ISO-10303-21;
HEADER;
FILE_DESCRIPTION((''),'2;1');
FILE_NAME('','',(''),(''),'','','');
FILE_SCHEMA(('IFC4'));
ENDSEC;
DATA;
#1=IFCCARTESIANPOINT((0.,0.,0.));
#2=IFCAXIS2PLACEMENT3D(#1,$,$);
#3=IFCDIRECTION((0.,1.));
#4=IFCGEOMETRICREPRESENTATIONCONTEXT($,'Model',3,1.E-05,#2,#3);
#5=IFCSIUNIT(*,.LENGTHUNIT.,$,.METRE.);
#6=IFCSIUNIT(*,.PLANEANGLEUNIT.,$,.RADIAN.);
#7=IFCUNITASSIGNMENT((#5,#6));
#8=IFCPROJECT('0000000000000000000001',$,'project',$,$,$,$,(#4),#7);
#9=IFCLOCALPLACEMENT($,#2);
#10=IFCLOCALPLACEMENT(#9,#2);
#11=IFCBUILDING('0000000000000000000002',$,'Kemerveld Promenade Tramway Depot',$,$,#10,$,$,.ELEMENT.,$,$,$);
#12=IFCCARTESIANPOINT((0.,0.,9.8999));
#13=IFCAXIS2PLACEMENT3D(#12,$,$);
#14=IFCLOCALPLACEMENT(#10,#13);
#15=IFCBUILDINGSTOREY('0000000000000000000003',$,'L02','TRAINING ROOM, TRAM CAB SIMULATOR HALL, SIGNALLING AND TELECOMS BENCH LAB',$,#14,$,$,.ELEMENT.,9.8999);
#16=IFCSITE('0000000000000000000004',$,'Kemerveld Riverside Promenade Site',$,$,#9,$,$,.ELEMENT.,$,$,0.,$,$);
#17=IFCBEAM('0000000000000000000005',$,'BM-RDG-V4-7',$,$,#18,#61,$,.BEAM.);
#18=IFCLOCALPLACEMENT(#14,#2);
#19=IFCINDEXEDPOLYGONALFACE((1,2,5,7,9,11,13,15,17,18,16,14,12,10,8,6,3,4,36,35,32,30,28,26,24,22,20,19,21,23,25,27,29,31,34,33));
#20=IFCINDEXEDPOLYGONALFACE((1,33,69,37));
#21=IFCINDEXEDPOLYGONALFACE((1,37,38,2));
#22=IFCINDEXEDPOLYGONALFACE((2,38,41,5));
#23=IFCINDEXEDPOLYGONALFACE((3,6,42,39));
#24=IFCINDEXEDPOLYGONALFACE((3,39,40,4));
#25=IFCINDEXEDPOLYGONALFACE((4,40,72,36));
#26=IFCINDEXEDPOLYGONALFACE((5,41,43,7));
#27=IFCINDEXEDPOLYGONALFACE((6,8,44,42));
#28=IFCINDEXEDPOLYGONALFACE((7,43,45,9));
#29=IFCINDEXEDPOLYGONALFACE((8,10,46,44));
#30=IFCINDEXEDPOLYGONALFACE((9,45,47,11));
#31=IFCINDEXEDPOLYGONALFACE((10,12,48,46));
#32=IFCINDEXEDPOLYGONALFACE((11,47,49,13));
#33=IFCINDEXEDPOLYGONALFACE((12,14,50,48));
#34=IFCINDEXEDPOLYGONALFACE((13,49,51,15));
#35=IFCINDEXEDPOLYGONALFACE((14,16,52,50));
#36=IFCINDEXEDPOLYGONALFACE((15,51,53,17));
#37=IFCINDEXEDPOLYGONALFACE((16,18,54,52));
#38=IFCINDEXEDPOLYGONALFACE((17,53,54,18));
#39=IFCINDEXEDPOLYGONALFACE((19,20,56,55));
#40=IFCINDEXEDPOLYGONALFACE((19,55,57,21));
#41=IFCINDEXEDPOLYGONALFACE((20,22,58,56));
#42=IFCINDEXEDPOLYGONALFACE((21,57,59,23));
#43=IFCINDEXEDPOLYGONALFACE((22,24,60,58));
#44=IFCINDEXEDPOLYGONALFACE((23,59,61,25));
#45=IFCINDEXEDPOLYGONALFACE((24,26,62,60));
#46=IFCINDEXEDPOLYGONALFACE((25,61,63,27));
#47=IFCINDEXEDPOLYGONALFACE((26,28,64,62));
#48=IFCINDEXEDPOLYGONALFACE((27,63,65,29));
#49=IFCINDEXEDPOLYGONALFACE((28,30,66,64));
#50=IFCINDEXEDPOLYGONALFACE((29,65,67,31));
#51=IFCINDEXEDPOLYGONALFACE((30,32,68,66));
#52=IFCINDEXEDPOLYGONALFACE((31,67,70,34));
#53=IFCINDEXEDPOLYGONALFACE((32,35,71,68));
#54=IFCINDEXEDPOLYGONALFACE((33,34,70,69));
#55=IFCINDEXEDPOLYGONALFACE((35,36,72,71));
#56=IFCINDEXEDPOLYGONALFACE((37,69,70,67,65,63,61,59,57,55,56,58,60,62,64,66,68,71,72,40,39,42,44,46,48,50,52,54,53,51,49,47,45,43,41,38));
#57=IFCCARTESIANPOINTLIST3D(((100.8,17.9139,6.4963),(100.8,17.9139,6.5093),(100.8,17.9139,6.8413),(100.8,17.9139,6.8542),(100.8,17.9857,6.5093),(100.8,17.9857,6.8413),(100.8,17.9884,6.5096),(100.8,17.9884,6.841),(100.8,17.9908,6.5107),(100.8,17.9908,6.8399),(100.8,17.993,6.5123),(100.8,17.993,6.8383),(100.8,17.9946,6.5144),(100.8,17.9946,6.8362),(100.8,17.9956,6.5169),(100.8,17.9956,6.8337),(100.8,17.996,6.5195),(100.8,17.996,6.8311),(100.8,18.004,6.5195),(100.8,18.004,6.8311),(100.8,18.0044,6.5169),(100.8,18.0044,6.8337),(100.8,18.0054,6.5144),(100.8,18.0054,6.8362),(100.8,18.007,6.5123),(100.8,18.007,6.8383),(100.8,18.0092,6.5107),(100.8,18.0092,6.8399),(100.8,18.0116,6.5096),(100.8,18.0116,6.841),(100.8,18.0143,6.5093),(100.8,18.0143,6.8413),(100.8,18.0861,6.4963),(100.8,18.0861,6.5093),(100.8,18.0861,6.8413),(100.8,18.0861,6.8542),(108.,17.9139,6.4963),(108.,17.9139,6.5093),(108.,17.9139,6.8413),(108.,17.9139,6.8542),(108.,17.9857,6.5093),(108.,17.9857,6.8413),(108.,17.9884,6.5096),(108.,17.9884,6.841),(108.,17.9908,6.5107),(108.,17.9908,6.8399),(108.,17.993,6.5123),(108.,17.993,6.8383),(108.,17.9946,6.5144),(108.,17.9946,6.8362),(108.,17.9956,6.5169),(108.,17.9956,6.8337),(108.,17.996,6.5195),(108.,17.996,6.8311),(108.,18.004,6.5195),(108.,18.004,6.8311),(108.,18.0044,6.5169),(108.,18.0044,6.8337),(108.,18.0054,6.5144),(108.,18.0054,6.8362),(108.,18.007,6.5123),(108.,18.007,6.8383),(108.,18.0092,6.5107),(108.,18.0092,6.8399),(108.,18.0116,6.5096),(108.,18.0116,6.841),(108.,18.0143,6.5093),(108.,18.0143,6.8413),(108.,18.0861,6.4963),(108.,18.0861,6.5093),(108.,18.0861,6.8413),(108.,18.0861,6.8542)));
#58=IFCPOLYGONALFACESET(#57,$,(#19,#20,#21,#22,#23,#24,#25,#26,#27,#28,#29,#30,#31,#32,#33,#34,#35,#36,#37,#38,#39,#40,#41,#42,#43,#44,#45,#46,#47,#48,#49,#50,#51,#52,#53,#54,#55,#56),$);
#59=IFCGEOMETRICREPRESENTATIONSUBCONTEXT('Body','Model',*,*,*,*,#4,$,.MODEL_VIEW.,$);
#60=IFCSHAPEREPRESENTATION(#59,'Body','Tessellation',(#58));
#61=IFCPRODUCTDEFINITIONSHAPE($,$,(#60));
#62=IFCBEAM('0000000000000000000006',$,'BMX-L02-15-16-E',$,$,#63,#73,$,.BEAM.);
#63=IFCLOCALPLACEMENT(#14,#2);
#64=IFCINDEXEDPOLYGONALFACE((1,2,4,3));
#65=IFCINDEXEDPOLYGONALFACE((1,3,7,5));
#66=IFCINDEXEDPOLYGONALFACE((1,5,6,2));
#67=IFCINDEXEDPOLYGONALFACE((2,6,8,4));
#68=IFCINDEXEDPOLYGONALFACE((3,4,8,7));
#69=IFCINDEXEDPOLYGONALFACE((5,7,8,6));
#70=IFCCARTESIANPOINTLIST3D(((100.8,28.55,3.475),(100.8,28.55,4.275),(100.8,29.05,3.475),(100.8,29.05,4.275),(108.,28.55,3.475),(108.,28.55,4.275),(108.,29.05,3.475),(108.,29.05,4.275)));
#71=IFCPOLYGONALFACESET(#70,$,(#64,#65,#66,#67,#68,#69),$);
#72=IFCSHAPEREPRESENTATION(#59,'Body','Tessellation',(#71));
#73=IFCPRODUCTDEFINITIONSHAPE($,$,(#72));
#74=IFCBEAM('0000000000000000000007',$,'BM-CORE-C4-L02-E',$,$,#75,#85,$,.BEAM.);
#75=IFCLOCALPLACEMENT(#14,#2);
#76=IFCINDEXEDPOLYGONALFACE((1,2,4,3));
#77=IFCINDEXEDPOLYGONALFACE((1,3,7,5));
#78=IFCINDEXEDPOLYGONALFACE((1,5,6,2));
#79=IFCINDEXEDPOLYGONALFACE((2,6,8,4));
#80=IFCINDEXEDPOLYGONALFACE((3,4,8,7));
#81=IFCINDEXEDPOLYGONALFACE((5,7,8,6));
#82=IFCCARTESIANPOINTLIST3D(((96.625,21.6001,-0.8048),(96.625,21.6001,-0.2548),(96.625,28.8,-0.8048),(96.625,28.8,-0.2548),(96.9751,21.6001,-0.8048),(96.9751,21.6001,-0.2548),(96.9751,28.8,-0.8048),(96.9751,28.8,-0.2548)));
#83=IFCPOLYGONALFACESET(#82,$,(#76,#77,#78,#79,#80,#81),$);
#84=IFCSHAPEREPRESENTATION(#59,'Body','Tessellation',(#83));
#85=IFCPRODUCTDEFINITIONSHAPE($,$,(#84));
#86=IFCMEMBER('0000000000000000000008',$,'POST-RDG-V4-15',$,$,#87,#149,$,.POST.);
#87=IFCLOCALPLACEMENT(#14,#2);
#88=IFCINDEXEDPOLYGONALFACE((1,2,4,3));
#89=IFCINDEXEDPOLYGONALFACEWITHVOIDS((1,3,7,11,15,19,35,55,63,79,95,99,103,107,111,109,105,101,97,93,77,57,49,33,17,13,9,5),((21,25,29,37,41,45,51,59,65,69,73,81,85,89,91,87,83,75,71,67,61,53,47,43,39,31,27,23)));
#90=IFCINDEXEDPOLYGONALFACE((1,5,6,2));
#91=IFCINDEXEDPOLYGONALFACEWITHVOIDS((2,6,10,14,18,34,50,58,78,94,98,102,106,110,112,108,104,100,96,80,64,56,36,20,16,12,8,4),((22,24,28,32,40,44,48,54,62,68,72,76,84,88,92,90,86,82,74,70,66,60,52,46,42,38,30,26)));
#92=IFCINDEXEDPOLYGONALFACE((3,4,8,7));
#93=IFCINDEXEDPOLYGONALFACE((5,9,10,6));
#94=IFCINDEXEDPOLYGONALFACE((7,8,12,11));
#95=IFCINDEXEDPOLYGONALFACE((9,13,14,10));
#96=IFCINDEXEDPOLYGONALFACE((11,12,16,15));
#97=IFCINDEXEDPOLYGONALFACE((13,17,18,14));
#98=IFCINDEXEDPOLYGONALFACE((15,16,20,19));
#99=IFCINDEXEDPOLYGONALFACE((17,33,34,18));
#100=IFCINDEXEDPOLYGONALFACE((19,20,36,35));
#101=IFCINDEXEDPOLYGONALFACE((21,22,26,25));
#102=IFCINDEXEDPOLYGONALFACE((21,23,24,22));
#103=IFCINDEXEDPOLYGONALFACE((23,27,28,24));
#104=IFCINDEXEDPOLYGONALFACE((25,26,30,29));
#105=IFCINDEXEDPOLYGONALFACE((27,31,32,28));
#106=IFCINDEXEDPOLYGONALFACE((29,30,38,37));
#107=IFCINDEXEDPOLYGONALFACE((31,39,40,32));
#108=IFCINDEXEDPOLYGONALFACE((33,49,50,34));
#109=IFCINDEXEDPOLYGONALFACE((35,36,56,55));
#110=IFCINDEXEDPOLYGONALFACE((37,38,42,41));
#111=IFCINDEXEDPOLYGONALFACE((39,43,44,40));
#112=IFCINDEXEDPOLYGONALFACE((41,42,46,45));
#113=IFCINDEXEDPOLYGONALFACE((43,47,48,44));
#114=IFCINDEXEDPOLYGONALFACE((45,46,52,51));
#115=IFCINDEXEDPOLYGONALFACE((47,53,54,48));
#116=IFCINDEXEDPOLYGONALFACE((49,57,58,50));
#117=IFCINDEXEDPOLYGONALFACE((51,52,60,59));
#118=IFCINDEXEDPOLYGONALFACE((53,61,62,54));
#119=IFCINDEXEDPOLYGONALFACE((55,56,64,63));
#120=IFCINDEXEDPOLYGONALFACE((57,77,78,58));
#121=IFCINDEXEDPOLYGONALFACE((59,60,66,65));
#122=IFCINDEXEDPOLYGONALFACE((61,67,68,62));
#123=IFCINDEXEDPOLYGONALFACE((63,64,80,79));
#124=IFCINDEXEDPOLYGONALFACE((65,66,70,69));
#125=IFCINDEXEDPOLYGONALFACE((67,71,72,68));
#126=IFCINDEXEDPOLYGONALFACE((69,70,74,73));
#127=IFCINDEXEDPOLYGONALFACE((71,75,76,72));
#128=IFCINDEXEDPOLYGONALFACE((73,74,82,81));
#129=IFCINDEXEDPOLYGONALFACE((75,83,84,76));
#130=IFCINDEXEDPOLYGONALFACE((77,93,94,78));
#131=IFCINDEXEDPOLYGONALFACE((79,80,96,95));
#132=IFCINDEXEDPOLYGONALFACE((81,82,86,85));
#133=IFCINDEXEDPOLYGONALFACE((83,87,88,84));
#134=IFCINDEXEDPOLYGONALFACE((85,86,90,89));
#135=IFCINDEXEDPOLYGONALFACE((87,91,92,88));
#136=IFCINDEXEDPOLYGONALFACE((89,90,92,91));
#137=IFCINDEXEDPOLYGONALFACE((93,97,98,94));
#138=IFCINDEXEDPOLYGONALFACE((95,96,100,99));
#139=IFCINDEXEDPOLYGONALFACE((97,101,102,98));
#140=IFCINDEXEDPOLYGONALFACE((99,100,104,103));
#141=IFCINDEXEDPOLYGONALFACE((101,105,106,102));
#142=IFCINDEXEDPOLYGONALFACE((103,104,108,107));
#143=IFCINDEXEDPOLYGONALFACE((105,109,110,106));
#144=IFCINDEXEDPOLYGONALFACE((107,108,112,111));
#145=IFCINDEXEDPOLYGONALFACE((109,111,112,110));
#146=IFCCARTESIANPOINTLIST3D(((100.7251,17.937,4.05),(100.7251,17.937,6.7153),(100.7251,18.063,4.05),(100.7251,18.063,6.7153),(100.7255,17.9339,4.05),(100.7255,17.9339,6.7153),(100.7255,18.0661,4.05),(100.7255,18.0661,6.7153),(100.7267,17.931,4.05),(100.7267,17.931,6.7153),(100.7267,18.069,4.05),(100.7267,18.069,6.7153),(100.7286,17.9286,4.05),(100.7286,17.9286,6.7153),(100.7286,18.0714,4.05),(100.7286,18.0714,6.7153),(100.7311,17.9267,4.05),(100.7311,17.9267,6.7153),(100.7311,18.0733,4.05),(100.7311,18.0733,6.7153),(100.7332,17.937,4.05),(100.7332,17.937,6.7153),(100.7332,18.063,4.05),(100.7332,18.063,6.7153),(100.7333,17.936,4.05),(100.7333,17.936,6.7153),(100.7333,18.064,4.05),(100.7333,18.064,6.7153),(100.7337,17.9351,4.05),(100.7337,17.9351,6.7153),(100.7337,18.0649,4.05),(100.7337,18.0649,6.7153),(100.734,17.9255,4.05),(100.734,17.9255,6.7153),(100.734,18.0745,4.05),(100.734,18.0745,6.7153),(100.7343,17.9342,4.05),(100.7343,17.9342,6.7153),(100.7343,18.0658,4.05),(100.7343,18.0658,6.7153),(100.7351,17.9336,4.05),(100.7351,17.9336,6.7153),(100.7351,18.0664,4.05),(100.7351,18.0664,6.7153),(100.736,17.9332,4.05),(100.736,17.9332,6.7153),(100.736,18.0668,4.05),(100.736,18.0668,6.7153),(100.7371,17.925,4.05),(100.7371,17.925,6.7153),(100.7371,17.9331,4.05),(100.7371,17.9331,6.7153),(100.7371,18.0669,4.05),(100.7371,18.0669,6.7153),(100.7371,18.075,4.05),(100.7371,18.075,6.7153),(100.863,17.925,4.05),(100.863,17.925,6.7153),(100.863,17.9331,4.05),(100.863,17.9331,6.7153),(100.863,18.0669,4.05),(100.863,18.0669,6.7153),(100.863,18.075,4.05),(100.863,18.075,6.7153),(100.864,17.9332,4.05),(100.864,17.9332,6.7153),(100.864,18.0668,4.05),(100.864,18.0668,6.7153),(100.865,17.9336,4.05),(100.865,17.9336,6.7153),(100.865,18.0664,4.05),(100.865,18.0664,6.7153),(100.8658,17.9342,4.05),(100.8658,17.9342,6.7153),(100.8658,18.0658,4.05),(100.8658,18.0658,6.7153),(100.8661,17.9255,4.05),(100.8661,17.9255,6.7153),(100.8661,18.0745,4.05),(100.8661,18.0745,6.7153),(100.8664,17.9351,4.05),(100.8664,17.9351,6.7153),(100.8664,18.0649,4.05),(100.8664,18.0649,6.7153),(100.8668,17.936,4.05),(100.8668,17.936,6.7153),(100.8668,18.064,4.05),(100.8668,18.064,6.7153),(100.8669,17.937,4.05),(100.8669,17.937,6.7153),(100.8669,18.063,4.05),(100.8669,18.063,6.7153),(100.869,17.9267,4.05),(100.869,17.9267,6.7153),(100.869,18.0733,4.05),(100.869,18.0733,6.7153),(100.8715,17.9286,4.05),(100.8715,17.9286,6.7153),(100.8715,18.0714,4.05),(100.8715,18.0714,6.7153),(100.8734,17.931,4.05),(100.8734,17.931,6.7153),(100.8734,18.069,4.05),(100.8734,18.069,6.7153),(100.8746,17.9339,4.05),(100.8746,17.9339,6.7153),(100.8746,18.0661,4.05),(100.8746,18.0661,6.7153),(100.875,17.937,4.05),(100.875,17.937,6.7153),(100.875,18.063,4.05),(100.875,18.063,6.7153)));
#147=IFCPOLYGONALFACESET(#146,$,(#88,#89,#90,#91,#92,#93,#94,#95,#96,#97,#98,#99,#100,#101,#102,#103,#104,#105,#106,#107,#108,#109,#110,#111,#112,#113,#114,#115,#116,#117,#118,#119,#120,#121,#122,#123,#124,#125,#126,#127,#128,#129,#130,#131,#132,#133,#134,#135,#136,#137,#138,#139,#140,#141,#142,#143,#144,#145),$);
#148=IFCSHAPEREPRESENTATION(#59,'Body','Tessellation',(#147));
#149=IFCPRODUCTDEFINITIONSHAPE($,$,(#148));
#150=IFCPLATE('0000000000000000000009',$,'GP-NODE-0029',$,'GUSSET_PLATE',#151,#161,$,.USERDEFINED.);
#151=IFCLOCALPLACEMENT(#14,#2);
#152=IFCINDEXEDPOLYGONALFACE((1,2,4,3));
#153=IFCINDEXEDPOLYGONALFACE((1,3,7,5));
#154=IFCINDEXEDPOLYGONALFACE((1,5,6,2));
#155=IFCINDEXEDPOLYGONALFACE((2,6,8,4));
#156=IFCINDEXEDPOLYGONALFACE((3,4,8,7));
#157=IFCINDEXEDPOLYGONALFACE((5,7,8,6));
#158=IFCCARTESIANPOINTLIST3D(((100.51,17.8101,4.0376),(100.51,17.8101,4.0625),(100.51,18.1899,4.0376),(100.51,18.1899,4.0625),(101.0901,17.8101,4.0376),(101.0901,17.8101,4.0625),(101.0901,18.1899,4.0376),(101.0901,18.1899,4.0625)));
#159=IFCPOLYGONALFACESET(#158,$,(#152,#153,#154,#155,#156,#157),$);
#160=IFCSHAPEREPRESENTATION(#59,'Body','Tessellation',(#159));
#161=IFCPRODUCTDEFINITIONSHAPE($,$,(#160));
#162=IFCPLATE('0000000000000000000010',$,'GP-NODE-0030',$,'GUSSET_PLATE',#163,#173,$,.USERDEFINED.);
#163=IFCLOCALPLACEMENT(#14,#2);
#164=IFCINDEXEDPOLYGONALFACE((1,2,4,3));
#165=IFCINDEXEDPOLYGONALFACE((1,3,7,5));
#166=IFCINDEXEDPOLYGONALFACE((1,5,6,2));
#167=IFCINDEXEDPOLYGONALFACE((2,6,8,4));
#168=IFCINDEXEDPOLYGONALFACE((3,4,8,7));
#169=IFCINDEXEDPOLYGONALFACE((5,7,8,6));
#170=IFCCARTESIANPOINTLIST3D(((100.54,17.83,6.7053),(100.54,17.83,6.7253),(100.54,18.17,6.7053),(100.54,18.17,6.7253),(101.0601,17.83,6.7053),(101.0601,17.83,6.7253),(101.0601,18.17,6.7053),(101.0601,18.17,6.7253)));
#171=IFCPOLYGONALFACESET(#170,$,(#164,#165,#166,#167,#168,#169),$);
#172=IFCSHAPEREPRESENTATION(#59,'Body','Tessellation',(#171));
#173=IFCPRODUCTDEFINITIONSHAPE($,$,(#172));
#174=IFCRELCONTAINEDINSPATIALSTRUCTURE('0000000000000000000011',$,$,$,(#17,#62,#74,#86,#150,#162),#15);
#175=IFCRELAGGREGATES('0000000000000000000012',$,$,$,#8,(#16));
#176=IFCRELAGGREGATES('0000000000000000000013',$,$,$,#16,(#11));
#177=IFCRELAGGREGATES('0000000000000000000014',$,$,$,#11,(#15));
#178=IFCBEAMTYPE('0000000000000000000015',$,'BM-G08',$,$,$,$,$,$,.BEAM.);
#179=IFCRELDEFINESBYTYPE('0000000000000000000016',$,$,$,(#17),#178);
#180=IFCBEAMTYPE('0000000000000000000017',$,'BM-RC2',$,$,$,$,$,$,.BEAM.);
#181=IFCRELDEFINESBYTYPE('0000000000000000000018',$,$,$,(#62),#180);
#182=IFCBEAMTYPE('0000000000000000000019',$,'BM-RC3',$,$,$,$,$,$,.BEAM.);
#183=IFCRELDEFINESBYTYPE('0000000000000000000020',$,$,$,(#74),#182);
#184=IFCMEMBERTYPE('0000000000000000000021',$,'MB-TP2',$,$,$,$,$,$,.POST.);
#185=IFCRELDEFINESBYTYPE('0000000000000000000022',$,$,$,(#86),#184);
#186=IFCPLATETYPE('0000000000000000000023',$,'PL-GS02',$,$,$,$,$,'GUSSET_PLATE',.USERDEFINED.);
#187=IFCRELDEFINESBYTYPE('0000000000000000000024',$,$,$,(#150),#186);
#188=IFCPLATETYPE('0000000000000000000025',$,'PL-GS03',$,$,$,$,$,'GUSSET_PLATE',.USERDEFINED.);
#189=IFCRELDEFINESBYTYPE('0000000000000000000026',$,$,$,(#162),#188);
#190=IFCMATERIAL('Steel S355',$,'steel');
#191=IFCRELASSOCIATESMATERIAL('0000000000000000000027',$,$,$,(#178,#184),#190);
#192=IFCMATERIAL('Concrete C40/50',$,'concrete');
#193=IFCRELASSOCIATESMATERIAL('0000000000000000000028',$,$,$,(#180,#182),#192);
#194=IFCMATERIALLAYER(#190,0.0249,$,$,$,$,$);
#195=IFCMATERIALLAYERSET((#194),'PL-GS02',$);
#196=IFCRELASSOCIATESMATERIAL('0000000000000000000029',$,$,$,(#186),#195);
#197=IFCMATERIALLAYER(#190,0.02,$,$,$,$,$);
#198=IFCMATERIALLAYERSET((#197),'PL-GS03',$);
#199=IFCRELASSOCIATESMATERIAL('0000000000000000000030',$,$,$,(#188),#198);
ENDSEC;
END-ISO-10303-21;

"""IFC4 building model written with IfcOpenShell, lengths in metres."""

from ifc_helpers import new_model, si_unit, direction, frame, origin, origin_2d, place, context, subcontext, project, spatial, rectangle, hollow_rectangle, i_section, extrude, material, layer, layer_set, material_profile, profile_set, type_object, element, save


model = new_model("IFC4")

# Units and contexts
model_context = context("Model", 3, precision=1e-05, world=origin(), true_north=direction((0.0, 1.0)))
body_context = subcontext(model_context, "Body", "Model", "MODEL_VIEW")
ifc_project = project(units=[si_unit("LENGTHUNIT", "METRE"), si_unit("PLANEANGLEUNIT", "RADIAN")], contexts=[model_context])

# Site, building, storey
site_placement = place(None, origin())
site = spatial("IfcSite", under=ifc_project, at=site_placement, Name="Kemerveld Riverside Promenade Site", CompositionType="ELEMENT", RefElevation=0.0)
building_placement = place(site_placement, origin())
building = spatial("IfcBuilding", under=site, at=building_placement, Name="Kemerveld Promenade Tramway Depot", CompositionType="ELEMENT")
storey_placement = place(building_placement, frame((0.0, 0.0, 9.8999)))
storey = spatial("IfcBuildingStorey", under=building, at=storey_placement, Name="L02", Description="TRAINING ROOM, TRAM CAB SIMULATOR HALL, SIGNALLING AND TELECOMS BENCH LAB", CompositionType="ELEMENT", Elevation=9.8999)

# Shared definitions
ifc_material_1 = material(Name="Steel S355", Category="steel")

# Beams
ifc_material_profile_1 = material_profile(ifc_material_1, i_section(OverallWidth=0.1721, OverallDepth=0.3579, WebThickness=0.0081, FlangeThickness=0.0129, FilletRadius=0.0103, at=origin_2d()), Name="356x171x57 UB")
ifc_profile_set_1 = profile_set([ifc_material_profile_1], Name="Steel S355")
beam_type_1 = type_object("IfcBeamType", Name="BM-G08", PredefinedType="BEAM", material=ifc_profile_set_1)
beam_1_placement = place(storey_placement, frame((100.8, 18.0, 6.6753), z_axis=(1.0, 0.0, 0.0), x_axis=(0.0, 1.0, 0.0)))
element("IfcBeam", 1, at=beam_1_placement, inside=storey, type_object=beam_type_1, Name="BM-RDG-V4-7", PredefinedType="BEAM", context=body_context, shape_type="SweptSolid", body=[
    extrude(i_section(OverallWidth=0.1721, OverallDepth=0.3579, WebThickness=0.0081, FlangeThickness=0.0129, FilletRadius=0.0103, at=origin_2d()), origin(), (0.0, 0.0, 1.0), 7.2),
])
ifc_material_2 = material(Name="Concrete C40/50", Category="concrete")
ifc_material_profile_2 = material_profile(ifc_material_2, rectangle(XDim=0.5, YDim=0.8, at=origin_2d()), Name="RC-BM-500x800")
ifc_profile_set_2 = profile_set([ifc_material_profile_2], Name="Concrete C40/50")
beam_type_2 = type_object("IfcBeamType", Name="BM-RC2", PredefinedType="BEAM", material=ifc_profile_set_2)
beam_2_placement = place(storey_placement, frame((100.8, 28.8, 3.875), z_axis=(1.0, 0.0, 0.0), x_axis=(0.0, 1.0, 0.0)))
element("IfcBeam", 2, at=beam_2_placement, inside=storey, type_object=beam_type_2, Name="BMX-L02-15-16-E", PredefinedType="BEAM", context=body_context, shape_type="SweptSolid", body=[
    extrude(rectangle(XDim=0.5, YDim=0.8, at=origin_2d()), origin(), (0.0, 0.0, 1.0), 7.2),
])
ifc_material_profile_3 = material_profile(ifc_material_2, rectangle(XDim=0.3501, YDim=0.55, at=origin_2d()), Name="RC-BM-350x550")
ifc_profile_set_3 = profile_set([ifc_material_profile_3], Name="Concrete C40/50")
beam_type_3 = type_object("IfcBeamType", Name="BM-RC3", PredefinedType="BEAM", material=ifc_profile_set_3)
beam_3_placement = place(storey_placement, frame((96.8, 21.6001, -0.5298), z_axis=(0.0, 1.0, 0.0), x_axis=(-1.0, 0.0, 0.0)))
element("IfcBeam", 3, at=beam_3_placement, inside=storey, type_object=beam_type_3, Name="BM-CORE-C4-L02-E", PredefinedType="BEAM", context=body_context, shape_type="SweptSolid", body=[
    extrude(rectangle(XDim=0.3501, YDim=0.55, at=origin_2d()), origin(), (0.0, 0.0, 1.0), 7.2),
])

# Member
ifc_material_profile_4 = material_profile(ifc_material_1, hollow_rectangle(XDim=0.1499, YDim=0.1499, WallThickness=0.0081, InnerFilletRadius=0.0039, OuterFilletRadius=0.012, at=origin_2d()), Name="150x150x8.0 SHS")
ifc_profile_set_4 = profile_set([ifc_material_profile_4], Name="Steel S355")
member_type = type_object("IfcMemberType", Name="MB-TP2", PredefinedType="POST", material=ifc_profile_set_4)
member_placement = place(storey_placement, frame((100.8, 18.0, 4.05), z_axis=(0.0, 0.0, 1.0), x_axis=(1.0, 0.0, 0.0)))
element("IfcMember", 4, at=member_placement, inside=storey, type_object=member_type, Name="POST-RDG-V4-15", PredefinedType="POST", context=body_context, shape_type="SweptSolid", body=[
    extrude(hollow_rectangle(XDim=0.1499, YDim=0.1499, WallThickness=0.0081, InnerFilletRadius=0.0039, OuterFilletRadius=0.012, at=origin_2d()), origin(), (0.0, 0.0, 1.0), 2.6653),
])

# Plates
ifc_layer_1 = layer(ifc_material_1, 0.0249)
ifc_layer_set_1 = layer_set([ifc_layer_1], Name="PL-GS02")
plate_type_1 = type_object("IfcPlateType", Name="PL-GS02", ElementType="GUSSET_PLATE", PredefinedType="USERDEFINED", material=ifc_layer_set_1)
plate_1_placement = place(storey_placement, frame((100.8, 18.0, 4.0376), z_axis=(0.0, 0.0, 1.0), x_axis=(1.0, 0.0, 0.0)))
element("IfcPlate", 5, at=plate_1_placement, inside=storey, type_object=plate_type_1, Name="GP-NODE-0029", ObjectType="GUSSET_PLATE", PredefinedType="USERDEFINED", context=body_context, shape_type="SweptSolid", body=[
    extrude(rectangle(XDim=0.5801, YDim=0.3799, at=origin_2d()), origin(), (0.0, 0.0, 1.0), 0.0249),
])
ifc_layer_2 = layer(ifc_material_1, 0.02)
ifc_layer_set_2 = layer_set([ifc_layer_2], Name="PL-GS03")
plate_type_2 = type_object("IfcPlateType", Name="PL-GS03", ElementType="GUSSET_PLATE", PredefinedType="USERDEFINED", material=ifc_layer_set_2)
plate_2_placement = place(storey_placement, frame((100.8, 18.0, 6.7053), z_axis=(0.0, 0.0, 1.0), x_axis=(1.0, 0.0, 0.0)))
element("IfcPlate", 6, at=plate_2_placement, inside=storey, type_object=plate_type_2, Name="GP-NODE-0030", ObjectType="GUSSET_PLATE", PredefinedType="USERDEFINED", context=body_context, shape_type="SweptSolid", body=[
    extrude(rectangle(XDim=0.52, YDim=0.3401, at=origin_2d()), origin(), (0.0, 0.0, 1.0), 0.02),
])

save(model, "model.ifc")
